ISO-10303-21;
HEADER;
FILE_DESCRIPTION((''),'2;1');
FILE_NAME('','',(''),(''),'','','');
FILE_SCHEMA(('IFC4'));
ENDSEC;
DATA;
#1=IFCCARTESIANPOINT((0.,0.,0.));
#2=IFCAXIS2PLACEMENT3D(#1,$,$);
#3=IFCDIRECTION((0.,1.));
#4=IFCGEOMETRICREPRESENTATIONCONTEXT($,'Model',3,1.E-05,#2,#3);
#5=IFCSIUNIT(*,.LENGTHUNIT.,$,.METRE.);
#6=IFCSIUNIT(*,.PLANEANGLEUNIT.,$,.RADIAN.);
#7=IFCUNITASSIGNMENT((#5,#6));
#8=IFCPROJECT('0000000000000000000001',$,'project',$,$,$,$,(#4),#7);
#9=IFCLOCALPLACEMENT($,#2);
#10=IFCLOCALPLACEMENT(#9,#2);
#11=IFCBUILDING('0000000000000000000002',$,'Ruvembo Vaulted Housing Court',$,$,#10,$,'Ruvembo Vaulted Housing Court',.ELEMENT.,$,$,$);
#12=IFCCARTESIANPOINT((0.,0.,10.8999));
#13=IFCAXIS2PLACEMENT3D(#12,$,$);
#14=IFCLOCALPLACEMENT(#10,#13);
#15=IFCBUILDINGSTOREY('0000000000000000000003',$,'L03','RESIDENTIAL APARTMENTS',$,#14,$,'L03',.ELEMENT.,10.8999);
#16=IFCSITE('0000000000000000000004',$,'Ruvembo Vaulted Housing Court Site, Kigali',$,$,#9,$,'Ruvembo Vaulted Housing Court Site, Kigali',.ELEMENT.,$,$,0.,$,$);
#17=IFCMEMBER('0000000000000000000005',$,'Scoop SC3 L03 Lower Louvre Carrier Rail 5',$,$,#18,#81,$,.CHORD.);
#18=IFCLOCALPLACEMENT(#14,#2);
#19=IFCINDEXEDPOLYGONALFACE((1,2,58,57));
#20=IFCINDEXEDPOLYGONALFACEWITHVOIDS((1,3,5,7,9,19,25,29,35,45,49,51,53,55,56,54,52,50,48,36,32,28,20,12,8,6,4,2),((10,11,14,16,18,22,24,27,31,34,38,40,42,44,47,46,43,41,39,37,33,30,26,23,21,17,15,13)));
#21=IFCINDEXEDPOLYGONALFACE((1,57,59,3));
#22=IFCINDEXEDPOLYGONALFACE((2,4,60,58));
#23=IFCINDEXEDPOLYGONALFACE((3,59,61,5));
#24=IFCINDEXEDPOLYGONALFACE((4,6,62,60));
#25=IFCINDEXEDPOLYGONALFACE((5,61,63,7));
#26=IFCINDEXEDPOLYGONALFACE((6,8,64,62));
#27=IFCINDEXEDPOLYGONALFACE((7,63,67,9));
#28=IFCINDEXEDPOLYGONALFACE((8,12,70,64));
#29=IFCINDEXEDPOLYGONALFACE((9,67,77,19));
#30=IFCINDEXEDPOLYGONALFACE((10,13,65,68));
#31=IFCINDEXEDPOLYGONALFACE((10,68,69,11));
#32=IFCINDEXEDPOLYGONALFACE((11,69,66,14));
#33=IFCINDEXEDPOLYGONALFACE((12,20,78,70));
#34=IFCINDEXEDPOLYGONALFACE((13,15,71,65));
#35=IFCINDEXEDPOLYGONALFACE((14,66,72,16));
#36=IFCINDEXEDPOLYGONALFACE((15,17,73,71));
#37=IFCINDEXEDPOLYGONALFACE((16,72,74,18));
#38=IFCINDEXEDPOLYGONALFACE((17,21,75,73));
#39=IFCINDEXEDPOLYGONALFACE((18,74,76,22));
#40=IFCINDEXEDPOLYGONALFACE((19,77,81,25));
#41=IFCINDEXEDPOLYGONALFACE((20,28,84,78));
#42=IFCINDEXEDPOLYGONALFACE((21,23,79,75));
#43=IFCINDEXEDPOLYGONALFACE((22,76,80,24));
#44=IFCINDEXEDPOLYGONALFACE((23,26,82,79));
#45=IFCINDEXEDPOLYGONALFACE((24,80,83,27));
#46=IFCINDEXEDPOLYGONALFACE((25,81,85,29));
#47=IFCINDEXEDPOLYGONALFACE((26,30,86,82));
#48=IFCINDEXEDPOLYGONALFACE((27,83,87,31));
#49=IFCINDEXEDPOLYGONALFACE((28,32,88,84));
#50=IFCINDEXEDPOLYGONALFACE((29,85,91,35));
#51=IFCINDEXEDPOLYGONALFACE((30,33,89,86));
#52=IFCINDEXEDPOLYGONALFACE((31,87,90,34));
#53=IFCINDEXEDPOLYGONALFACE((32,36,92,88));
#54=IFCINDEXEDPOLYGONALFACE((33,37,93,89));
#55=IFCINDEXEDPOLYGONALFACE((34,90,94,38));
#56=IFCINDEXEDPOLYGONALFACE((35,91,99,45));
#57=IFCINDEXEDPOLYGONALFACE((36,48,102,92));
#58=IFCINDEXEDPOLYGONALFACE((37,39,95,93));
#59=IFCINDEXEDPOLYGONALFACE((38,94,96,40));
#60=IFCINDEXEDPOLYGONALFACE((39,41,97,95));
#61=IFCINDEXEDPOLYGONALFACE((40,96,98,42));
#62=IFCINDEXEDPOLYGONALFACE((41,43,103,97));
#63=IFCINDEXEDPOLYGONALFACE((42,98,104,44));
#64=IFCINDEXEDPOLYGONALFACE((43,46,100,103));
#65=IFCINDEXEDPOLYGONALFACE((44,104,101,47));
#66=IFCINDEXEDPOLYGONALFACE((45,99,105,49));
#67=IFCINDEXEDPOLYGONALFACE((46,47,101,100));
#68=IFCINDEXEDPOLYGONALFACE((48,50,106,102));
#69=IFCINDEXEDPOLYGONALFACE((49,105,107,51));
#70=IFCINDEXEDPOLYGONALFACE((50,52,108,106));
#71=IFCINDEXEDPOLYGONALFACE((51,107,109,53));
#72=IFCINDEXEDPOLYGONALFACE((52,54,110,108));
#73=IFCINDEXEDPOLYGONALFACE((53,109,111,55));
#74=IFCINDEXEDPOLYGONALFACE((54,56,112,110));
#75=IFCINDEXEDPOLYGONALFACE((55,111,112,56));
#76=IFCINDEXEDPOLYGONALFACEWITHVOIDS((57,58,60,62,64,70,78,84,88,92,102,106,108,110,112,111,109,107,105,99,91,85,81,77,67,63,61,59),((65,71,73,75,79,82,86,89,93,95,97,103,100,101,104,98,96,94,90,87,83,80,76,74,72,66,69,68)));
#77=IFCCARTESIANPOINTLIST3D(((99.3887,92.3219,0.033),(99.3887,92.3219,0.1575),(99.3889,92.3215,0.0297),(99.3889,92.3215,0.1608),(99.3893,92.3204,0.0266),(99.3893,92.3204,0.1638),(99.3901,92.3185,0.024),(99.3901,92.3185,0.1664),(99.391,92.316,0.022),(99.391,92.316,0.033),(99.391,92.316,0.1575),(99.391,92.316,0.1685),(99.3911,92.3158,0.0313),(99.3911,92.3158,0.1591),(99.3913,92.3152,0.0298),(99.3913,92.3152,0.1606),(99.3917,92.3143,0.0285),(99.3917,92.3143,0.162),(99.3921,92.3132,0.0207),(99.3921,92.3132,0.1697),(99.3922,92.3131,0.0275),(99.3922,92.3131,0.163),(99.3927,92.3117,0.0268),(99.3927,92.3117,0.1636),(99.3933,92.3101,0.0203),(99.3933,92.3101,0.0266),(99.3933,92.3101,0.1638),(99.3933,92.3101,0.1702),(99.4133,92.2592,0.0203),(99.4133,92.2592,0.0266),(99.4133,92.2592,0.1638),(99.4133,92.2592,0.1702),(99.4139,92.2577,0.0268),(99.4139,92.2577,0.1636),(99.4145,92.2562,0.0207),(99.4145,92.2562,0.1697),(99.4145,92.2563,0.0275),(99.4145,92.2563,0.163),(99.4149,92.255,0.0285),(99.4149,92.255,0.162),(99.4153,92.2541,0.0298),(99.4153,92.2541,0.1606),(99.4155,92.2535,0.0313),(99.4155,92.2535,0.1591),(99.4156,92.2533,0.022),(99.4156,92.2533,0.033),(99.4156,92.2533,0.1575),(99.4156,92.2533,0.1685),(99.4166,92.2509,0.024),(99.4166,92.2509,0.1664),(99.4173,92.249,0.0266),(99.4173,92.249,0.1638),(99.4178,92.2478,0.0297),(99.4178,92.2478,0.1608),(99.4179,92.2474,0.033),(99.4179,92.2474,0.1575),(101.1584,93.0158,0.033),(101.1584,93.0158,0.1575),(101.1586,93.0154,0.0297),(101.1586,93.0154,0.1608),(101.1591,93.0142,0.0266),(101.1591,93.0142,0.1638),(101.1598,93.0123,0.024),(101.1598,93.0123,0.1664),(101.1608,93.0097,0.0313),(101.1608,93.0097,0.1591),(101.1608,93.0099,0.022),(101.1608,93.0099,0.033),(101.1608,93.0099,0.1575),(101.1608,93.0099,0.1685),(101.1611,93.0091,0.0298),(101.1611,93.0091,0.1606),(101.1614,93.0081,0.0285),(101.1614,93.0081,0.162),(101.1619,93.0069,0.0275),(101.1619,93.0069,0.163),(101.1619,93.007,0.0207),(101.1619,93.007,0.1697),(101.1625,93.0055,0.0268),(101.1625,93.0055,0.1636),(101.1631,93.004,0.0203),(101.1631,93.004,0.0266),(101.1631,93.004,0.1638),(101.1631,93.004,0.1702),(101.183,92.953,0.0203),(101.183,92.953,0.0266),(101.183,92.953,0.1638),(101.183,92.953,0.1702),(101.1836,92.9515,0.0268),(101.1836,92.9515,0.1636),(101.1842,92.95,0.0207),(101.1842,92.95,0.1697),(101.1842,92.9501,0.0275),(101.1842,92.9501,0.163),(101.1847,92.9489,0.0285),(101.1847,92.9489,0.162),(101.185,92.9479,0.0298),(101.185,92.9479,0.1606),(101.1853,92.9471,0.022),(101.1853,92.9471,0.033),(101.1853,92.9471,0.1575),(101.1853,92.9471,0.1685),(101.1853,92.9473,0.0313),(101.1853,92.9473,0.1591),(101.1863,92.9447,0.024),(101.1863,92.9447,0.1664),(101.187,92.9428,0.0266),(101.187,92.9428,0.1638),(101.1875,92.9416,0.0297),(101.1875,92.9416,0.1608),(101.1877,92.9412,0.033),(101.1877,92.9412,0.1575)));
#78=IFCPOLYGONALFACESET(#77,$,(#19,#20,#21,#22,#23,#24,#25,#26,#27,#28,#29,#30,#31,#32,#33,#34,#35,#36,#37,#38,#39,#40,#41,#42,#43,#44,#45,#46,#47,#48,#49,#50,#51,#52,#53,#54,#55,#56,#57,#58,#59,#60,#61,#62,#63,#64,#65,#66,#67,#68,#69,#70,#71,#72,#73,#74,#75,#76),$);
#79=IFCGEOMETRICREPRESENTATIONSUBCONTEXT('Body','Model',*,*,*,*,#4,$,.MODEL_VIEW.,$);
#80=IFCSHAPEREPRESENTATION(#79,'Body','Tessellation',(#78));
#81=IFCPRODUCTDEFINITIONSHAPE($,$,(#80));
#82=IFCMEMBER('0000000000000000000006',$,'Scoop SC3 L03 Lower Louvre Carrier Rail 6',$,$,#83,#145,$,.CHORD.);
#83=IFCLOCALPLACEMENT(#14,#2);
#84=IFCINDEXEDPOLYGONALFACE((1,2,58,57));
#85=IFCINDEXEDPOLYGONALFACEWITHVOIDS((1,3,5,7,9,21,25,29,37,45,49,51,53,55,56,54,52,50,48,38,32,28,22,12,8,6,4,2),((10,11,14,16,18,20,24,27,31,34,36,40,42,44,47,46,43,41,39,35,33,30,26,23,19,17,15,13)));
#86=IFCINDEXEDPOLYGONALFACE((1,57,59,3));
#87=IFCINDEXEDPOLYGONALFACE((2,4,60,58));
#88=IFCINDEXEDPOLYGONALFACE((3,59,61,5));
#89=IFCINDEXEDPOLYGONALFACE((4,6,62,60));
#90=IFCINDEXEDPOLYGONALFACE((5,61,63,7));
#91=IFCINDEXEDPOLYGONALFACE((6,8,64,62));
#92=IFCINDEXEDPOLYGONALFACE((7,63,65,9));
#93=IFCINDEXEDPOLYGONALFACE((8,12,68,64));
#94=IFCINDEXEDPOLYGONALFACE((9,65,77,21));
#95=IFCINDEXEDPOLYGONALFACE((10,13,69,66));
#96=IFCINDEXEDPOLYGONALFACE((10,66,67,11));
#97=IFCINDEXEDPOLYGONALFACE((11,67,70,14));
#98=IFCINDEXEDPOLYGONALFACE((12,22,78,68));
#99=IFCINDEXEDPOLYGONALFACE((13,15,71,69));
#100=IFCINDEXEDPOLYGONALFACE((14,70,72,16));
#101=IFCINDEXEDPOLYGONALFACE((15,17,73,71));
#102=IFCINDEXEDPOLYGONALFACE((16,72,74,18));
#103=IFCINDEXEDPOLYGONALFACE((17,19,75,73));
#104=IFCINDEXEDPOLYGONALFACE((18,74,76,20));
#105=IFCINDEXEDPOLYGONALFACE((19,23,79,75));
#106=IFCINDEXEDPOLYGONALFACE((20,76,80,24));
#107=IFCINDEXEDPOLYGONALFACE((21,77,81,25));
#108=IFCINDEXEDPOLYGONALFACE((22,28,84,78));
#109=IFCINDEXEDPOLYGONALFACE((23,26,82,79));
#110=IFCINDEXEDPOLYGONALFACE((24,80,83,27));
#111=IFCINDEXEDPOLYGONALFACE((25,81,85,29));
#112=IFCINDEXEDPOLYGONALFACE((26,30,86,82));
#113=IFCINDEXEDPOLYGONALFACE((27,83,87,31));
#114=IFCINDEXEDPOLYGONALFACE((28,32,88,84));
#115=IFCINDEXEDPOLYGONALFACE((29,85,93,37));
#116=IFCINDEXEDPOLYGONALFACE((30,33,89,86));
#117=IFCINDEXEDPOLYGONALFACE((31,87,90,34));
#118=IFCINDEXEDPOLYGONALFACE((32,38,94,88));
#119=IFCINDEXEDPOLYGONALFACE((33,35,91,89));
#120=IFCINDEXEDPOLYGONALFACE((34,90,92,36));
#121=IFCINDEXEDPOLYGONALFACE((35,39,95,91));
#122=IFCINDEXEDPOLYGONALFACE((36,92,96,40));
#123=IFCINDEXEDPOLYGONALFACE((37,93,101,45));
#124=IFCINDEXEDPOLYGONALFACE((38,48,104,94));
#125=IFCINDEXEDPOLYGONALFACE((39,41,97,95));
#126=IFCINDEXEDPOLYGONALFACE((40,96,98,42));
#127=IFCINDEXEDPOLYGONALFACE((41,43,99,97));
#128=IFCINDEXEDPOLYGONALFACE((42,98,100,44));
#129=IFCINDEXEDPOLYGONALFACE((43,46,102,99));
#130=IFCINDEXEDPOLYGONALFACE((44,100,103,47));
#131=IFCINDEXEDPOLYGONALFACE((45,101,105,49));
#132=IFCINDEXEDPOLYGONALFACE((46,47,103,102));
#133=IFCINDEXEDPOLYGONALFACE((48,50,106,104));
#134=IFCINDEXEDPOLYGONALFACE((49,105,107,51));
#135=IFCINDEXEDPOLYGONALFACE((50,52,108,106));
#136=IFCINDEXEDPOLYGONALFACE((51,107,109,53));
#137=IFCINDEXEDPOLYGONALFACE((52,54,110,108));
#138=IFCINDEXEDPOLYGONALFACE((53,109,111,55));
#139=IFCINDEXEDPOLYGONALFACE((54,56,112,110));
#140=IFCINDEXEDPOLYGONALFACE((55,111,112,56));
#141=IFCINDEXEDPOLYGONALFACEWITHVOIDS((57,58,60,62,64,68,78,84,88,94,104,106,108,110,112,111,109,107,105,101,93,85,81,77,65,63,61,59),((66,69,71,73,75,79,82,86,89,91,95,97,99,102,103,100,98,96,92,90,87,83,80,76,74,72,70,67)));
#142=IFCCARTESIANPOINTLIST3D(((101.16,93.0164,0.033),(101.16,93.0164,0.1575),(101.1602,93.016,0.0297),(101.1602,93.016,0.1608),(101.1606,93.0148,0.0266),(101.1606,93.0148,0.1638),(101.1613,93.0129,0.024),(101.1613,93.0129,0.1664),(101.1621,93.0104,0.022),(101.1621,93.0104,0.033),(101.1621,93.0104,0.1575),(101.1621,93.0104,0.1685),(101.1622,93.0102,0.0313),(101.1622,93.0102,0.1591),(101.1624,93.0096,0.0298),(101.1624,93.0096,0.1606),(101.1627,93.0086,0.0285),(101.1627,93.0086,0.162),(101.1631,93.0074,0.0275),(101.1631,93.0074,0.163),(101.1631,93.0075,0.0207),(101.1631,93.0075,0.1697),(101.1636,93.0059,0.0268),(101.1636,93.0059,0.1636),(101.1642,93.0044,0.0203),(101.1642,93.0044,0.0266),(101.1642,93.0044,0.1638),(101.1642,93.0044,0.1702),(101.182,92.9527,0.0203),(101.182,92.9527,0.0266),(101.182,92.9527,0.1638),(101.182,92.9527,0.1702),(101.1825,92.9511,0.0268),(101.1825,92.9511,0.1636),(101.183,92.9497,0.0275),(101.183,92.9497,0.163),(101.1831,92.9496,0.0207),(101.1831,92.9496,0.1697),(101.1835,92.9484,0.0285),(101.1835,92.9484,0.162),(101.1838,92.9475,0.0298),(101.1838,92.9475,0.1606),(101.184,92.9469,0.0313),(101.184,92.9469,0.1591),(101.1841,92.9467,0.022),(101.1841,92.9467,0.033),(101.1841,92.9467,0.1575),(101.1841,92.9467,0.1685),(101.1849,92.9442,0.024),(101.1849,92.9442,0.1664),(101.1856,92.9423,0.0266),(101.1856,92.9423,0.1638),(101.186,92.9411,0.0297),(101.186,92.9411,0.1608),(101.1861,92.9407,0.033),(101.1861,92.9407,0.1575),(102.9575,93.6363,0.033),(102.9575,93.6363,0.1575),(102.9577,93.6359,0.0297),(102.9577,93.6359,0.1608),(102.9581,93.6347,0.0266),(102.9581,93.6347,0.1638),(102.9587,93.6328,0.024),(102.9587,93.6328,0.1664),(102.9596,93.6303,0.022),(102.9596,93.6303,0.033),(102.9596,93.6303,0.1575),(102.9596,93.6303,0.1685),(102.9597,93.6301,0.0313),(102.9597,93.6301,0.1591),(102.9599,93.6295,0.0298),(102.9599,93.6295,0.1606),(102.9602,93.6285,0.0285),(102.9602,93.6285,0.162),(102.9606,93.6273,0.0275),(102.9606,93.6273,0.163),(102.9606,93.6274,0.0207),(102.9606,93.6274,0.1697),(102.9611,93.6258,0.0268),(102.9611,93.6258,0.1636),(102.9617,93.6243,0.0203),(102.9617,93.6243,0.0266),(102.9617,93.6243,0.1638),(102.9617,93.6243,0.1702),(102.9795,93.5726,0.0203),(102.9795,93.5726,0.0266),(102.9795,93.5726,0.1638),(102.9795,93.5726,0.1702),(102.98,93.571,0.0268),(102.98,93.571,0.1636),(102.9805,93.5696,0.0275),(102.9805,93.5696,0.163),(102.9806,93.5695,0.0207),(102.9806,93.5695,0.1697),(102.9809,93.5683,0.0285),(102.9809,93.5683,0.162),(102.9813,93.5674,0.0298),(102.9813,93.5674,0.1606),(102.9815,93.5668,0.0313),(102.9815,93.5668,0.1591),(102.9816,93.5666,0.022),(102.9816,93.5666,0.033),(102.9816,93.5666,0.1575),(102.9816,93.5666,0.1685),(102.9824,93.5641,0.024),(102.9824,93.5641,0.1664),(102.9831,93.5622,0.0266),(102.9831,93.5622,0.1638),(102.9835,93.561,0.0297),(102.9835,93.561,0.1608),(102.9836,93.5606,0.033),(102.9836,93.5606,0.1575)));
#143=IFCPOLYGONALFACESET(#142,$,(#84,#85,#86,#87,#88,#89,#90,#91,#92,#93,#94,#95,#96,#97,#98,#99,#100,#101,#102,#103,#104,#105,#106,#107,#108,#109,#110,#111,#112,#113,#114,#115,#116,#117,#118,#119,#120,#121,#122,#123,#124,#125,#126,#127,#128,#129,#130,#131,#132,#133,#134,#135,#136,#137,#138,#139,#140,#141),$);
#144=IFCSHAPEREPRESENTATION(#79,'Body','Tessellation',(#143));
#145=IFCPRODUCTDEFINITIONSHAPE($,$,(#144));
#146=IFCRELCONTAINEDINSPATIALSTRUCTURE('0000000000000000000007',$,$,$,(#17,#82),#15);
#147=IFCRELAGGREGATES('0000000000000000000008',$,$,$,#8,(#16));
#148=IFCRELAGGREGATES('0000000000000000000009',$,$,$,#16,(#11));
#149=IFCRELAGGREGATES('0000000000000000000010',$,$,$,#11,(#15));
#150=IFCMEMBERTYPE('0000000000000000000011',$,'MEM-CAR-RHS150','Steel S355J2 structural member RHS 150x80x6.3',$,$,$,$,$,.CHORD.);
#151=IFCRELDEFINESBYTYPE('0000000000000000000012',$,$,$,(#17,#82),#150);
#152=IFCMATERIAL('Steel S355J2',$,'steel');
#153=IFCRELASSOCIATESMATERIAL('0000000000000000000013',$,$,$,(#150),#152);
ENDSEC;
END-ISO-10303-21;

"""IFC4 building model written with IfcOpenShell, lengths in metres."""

from ifc_helpers import new_model, si_unit, direction, frame, origin, origin_2d, place, context, subcontext, project, spatial, hollow_rectangle, extrude, material, material_profile, profile_set, type_object, element, save


model = new_model("IFC4")

# Units and contexts
model_context = context("Model", 3, precision=1e-05, world=origin(), true_north=direction((0.0, 1.0)))
body_context = subcontext(model_context, "Body", "Model", "MODEL_VIEW")
ifc_project = project(units=[si_unit("LENGTHUNIT", "METRE"), si_unit("PLANEANGLEUNIT", "RADIAN")], contexts=[model_context])

# Site, building, storey
site_placement = place(None, origin())
site = spatial("IfcSite", under=ifc_project, at=site_placement, Name="Ruvembo Vaulted Housing Court Site, Kigali", LongName="Ruvembo Vaulted Housing Court Site, Kigali", CompositionType="ELEMENT", RefElevation=0.0)
building_placement = place(site_placement, origin())
building = spatial("IfcBuilding", under=site, at=building_placement, Name="Ruvembo Vaulted Housing Court", LongName="Ruvembo Vaulted Housing Court", CompositionType="ELEMENT")
storey_placement = place(building_placement, frame((0.0, 0.0, 10.8999)))
storey = spatial("IfcBuildingStorey", under=building, at=storey_placement, Name="L03", Description="RESIDENTIAL APARTMENTS", LongName="L03", CompositionType="ELEMENT", Elevation=10.8999)

# Shared definitions
ifc_material_1 = material(Name="Steel S355J2", Category="steel")

# Members
ifc_material_profile_1 = material_profile(ifc_material_1, hollow_rectangle(XDim=0.0801, YDim=0.1499, WallThickness=0.0063, InnerFilletRadius=0.0063, OuterFilletRadius=0.0127, at=origin_2d()), Name="RHS 150x80x6.3")
ifc_profile_set_1 = profile_set([ifc_material_profile_1], Name="Steel S355J2")
member_type_1 = type_object("IfcMemberType", Name="MEM-CAR-RHS150", Description="Steel S355J2 structural member RHS 150x80x6.3", PredefinedType="CHORD", material=ifc_profile_set_1)
for number, where, z_axis, x_axis, name in (
    (1, (99.4033, 92.2847, 0.0952), (0.931006, 0.365005, 0.0), (-0.365005, 0.931006, 0.0), "Scoop SC3 L03 Lower Louvre Carrier Rail 5"),
):
    element("IfcMember", number, at=place(storey_placement, frame(where, z_axis=z_axis, x_axis=x_axis)), inside=storey, type_object=member_type_1, Name=name, PredefinedType="CHORD", context=body_context, shape_type="SweptSolid", body=[
        extrude(hollow_rectangle(XDim=0.0801, YDim=0.1499, WallThickness=0.0063, InnerFilletRadius=0.0063, OuterFilletRadius=0.0127, at=origin_2d()), origin(), (0.0, 0.0, 1.0), 1.9009),
    ])
member_1_placement = place(storey_placement, frame((101.1731, 92.9785, 0.0952), z_axis=(0.945358, 0.326034, 0.0), x_axis=(-0.326034, 0.945358, 0.0)))
element("IfcMember", 2, at=member_1_placement, inside=storey, type_object=member_type_1, Name="Scoop SC3 L03 Lower Louvre Carrier Rail 6", PredefinedType="CHORD", context=body_context, shape_type="SweptSolid", body=[
    extrude(hollow_rectangle(XDim=0.0801, YDim=0.1499, WallThickness=0.0063, InnerFilletRadius=0.0063, OuterFilletRadius=0.0127, at=origin_2d()), origin(), (0.0, 0.0, 1.0), 1.9014),
])

save(model, "model.ifc")
